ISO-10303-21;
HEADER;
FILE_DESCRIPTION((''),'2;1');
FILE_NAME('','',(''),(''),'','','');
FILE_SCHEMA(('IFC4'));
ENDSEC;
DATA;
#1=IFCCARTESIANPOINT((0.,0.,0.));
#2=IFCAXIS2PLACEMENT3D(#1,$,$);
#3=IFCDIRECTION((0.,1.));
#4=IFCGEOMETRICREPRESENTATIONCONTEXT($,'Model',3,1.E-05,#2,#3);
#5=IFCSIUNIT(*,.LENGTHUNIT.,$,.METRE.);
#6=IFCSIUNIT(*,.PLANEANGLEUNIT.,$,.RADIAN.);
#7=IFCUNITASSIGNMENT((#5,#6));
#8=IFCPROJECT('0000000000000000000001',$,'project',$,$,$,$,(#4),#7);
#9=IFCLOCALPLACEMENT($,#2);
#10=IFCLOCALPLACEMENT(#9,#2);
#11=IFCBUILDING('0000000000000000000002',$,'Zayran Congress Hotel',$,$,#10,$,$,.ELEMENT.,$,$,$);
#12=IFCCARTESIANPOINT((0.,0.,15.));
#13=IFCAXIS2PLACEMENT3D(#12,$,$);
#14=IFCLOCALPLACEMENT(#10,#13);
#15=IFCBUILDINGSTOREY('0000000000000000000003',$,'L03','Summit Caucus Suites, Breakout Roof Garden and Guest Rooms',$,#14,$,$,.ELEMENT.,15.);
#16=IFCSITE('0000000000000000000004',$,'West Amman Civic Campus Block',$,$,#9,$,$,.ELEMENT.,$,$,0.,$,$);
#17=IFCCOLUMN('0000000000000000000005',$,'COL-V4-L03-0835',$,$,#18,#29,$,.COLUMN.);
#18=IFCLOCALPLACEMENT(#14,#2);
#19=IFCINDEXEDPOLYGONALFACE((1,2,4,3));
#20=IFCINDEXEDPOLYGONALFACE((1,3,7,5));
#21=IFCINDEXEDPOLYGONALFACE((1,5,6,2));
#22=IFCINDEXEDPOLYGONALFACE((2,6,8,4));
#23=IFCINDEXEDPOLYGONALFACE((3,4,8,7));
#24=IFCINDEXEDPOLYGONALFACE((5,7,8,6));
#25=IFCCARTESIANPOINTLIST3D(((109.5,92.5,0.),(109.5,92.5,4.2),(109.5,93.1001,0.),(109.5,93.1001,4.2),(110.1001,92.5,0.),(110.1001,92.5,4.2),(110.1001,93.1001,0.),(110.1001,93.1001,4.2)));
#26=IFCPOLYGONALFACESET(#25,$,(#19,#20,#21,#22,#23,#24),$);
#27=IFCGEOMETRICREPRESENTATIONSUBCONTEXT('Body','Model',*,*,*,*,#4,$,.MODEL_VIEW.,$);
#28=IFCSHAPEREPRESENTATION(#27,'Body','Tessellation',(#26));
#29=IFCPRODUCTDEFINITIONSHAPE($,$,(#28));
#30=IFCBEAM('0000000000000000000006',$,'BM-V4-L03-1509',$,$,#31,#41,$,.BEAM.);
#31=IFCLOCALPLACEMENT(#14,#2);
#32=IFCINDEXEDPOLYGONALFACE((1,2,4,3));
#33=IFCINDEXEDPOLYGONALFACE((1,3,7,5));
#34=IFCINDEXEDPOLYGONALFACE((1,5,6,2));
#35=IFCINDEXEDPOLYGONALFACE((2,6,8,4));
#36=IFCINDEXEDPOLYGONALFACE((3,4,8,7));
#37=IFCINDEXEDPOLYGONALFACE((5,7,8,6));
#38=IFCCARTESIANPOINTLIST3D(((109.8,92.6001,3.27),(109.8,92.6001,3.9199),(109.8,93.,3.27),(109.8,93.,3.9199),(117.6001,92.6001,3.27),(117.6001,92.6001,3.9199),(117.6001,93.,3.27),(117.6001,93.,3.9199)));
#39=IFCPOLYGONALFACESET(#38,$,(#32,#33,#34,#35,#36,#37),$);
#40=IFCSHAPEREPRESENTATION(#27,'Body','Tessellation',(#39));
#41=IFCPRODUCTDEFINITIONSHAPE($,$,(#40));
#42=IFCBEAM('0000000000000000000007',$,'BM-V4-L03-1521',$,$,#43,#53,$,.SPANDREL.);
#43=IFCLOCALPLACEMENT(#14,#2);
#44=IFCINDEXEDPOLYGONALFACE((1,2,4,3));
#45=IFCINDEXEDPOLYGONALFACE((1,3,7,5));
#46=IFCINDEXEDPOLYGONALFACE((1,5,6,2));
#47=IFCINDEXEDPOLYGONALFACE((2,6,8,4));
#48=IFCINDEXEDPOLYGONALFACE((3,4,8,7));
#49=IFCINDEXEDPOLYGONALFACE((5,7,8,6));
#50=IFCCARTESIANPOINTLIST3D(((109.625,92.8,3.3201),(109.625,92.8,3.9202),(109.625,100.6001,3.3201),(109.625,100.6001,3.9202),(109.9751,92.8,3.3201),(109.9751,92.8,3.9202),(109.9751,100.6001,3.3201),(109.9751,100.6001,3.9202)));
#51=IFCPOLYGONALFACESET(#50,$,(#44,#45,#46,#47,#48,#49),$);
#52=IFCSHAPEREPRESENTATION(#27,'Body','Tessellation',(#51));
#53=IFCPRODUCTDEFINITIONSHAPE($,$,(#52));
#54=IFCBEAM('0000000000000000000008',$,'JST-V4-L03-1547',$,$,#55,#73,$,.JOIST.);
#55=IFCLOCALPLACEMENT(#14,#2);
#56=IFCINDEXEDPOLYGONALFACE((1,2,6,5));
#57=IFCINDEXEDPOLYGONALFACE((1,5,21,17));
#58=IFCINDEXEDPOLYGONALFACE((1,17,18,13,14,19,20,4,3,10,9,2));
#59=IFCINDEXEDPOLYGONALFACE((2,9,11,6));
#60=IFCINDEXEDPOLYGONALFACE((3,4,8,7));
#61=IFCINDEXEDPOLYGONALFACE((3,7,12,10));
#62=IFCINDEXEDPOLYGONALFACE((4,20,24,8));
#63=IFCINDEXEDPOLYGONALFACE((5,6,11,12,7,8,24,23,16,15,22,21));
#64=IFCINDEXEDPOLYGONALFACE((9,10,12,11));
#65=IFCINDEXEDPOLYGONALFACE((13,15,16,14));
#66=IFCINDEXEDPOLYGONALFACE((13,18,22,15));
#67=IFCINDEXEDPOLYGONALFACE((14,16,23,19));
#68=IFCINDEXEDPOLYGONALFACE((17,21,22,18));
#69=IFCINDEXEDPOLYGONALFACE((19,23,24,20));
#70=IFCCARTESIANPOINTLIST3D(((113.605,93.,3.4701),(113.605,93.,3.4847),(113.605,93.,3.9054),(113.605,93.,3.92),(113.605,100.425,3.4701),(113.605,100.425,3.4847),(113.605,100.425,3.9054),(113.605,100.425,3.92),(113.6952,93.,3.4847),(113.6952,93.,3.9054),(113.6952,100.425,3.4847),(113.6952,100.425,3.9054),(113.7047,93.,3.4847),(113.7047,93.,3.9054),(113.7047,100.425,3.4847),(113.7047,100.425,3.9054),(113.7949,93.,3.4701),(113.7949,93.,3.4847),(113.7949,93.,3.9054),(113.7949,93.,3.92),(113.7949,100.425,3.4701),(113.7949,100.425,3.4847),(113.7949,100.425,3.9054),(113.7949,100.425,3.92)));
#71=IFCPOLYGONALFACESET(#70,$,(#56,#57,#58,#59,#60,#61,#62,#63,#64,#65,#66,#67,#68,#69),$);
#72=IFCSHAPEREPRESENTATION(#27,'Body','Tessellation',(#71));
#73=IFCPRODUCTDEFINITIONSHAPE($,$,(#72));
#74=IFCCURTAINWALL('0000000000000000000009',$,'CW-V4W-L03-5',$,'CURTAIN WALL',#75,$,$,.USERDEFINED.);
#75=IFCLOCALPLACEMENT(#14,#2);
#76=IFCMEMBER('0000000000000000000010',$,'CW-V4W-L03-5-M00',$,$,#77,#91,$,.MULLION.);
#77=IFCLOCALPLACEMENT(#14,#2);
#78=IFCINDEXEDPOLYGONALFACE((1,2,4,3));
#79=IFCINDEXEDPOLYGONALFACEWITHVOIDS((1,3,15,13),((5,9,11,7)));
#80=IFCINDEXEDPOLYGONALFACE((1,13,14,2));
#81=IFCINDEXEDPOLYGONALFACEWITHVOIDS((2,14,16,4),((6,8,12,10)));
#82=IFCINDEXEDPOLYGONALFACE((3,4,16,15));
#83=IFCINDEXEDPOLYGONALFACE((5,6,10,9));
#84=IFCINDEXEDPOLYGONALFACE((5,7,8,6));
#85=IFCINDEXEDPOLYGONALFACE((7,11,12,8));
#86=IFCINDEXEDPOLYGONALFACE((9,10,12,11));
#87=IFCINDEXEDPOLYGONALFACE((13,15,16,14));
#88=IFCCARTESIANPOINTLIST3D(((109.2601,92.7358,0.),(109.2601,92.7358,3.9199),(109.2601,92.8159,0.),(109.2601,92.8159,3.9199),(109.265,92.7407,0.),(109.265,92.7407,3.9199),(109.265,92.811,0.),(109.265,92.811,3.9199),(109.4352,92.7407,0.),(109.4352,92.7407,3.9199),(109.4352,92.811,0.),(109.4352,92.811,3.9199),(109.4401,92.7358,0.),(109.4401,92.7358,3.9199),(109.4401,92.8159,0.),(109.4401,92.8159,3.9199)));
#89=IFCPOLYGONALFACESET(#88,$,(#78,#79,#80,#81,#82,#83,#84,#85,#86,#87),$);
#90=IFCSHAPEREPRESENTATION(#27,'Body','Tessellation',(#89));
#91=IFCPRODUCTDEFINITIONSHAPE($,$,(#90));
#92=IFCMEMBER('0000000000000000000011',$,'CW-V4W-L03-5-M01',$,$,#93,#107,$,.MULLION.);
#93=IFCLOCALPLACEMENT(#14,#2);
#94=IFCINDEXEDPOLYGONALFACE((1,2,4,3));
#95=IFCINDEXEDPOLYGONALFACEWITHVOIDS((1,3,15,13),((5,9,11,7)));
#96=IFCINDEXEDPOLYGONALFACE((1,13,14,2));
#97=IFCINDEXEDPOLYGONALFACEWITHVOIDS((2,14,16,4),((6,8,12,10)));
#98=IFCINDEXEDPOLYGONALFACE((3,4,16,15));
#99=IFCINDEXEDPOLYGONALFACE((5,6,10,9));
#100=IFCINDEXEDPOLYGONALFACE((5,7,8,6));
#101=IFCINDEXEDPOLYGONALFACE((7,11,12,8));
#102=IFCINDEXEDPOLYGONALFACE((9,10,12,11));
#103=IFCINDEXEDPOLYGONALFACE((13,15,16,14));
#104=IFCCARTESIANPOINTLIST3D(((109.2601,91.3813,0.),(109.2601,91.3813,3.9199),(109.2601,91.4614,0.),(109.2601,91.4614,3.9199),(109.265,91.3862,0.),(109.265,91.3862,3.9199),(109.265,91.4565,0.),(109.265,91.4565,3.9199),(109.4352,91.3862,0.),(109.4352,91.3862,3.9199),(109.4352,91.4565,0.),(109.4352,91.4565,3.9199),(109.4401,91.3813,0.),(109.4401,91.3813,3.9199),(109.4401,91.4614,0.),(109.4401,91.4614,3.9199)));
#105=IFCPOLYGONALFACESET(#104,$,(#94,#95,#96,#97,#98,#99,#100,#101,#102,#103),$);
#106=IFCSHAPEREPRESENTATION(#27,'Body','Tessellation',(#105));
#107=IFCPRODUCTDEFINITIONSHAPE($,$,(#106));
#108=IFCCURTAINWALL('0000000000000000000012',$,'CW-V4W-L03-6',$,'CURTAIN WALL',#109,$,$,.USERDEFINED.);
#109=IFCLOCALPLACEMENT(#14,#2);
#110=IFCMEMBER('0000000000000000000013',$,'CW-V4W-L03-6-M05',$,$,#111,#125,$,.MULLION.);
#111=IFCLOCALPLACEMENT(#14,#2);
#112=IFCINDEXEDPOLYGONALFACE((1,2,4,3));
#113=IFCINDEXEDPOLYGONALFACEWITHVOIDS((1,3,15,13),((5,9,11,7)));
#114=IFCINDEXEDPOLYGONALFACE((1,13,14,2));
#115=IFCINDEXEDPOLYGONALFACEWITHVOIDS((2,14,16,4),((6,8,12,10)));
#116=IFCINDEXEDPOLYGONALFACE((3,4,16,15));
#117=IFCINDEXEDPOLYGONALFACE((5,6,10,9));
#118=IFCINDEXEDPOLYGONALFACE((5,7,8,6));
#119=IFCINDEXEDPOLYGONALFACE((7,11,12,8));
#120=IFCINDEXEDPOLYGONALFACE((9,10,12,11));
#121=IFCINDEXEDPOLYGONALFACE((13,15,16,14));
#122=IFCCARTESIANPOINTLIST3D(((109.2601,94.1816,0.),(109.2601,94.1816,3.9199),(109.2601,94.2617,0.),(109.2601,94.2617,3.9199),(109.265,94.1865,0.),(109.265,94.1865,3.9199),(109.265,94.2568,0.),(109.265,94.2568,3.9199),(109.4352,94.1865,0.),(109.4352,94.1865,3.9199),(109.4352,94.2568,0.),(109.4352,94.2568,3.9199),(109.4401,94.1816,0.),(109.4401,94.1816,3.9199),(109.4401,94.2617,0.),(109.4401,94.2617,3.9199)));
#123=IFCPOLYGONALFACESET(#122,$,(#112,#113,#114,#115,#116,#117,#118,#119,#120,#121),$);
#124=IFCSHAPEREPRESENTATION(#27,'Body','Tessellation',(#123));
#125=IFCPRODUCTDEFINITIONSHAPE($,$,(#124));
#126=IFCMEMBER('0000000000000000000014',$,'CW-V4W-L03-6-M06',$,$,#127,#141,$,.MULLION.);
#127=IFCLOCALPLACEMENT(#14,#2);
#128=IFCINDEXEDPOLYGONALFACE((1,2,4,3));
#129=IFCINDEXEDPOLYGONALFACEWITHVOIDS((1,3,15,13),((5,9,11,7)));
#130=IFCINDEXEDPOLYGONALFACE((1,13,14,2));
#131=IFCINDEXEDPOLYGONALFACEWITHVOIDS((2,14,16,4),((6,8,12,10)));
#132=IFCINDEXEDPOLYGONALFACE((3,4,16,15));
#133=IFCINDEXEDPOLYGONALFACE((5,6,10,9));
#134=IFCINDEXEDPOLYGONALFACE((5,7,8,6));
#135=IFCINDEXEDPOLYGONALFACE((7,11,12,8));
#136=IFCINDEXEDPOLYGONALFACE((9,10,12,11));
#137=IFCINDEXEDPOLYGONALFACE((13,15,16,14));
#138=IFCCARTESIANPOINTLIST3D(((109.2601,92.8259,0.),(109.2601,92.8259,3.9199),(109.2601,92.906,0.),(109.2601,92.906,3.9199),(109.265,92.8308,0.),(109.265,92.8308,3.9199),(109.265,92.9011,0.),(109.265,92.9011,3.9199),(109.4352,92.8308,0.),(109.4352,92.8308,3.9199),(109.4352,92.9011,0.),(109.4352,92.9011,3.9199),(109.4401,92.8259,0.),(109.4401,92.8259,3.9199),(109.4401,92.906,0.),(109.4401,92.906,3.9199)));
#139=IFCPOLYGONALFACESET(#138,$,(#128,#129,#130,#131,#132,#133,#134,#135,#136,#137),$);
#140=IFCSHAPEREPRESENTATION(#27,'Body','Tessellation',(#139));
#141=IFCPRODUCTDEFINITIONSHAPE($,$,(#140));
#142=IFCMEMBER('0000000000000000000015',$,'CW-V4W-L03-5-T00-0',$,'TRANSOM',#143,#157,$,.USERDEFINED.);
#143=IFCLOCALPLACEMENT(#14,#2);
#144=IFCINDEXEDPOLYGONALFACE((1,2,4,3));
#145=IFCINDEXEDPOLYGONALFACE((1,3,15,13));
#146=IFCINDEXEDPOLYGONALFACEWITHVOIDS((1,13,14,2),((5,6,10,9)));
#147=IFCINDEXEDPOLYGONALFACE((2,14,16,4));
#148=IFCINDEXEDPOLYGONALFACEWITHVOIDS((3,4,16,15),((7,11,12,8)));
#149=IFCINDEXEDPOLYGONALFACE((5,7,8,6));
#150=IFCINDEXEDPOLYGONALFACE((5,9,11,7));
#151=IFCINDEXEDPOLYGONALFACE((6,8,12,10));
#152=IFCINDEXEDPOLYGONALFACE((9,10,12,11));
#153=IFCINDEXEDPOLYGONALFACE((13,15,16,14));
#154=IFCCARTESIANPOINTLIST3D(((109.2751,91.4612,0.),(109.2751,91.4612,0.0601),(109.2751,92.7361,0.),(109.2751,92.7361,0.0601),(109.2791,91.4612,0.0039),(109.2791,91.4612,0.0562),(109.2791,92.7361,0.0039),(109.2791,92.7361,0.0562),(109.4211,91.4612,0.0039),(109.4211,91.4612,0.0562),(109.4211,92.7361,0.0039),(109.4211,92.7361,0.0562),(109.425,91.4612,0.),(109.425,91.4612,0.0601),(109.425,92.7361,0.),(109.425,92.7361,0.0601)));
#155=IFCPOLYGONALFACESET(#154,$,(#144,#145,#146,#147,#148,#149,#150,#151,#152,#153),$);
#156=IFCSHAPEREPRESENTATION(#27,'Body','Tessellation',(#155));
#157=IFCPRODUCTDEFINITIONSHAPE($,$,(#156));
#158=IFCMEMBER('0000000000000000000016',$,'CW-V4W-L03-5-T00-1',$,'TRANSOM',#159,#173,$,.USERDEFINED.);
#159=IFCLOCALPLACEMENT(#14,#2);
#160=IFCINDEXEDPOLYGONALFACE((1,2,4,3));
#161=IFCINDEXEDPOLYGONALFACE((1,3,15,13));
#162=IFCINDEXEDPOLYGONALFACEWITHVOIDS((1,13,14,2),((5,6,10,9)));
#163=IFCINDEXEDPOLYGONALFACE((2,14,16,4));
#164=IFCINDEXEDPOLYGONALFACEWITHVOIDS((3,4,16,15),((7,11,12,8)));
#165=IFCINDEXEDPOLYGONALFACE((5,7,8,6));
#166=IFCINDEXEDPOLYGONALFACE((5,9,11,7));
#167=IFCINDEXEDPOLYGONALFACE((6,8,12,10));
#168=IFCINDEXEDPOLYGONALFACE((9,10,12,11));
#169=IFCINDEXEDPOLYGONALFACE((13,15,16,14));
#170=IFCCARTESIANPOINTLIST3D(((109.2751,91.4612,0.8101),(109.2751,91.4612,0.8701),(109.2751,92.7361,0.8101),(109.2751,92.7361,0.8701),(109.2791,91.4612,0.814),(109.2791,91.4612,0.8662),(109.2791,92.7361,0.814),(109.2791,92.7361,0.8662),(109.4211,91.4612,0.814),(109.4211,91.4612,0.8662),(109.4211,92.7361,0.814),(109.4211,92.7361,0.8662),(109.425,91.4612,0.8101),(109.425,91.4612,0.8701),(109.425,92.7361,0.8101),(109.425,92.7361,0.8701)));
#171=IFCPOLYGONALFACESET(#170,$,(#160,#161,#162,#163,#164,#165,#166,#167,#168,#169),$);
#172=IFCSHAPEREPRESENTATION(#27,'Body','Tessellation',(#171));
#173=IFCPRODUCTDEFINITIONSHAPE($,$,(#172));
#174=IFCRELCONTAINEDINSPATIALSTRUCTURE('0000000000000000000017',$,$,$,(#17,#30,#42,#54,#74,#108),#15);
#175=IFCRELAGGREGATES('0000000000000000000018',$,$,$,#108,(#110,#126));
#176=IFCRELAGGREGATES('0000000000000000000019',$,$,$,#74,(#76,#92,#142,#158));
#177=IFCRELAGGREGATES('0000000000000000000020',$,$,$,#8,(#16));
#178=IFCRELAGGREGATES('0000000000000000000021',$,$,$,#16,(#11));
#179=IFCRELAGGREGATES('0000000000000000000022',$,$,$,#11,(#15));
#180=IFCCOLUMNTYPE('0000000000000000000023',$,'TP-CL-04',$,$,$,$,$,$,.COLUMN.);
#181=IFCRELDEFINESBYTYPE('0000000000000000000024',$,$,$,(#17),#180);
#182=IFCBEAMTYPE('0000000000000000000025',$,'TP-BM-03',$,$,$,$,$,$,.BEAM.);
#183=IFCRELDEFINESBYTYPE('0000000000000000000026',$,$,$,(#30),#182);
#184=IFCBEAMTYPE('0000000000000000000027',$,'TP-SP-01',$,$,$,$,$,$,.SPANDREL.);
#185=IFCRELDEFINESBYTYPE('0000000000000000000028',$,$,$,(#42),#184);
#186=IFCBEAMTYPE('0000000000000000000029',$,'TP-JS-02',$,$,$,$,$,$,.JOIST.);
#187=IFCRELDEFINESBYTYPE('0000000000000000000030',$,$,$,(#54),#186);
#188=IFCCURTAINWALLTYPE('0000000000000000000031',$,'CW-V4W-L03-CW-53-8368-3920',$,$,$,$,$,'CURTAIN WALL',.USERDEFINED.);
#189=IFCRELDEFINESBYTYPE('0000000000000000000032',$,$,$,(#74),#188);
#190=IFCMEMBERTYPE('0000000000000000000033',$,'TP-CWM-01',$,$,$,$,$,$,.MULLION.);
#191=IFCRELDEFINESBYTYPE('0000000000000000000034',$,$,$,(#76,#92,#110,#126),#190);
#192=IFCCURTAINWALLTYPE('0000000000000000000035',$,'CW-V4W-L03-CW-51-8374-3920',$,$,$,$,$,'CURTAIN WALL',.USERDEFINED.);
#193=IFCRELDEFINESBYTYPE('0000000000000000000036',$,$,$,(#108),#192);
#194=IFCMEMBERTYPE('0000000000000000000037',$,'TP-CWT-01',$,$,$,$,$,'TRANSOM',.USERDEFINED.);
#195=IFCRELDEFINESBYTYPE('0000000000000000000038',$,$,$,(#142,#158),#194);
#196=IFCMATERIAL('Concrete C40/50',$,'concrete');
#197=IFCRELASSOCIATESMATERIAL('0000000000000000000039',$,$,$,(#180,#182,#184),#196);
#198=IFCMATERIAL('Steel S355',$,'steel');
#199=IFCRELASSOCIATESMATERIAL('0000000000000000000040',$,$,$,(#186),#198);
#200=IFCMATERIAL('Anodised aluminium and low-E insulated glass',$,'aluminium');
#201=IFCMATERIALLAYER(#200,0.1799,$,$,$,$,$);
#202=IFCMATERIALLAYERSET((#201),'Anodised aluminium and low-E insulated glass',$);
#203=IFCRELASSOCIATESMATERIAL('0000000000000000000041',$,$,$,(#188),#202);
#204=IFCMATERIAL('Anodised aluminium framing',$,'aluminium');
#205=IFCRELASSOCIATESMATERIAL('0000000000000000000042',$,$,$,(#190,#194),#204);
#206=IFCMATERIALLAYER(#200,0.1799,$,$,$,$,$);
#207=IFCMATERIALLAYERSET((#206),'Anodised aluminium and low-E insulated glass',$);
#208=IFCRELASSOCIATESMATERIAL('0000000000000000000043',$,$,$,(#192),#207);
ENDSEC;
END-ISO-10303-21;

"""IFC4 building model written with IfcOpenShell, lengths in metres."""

from ifc_helpers import new_model, si_unit, direction, frame, origin, origin_2d, place, context, subcontext, project, spatial, rectangle, hollow_rectangle, i_section, extrude, material, layer, layer_set, material_profile, profile_set, type_object, element, aggregate, save


model = new_model("IFC4")

# Units and contexts
model_context = context("Model", 3, precision=1e-05, world=origin(), true_north=direction((0.0, 1.0)))
body_context = subcontext(model_context, "Body", "Model", "MODEL_VIEW")
ifc_project = project(units=[si_unit("LENGTHUNIT", "METRE"), si_unit("PLANEANGLEUNIT", "RADIAN")], contexts=[model_context])

# Site, building, storey
site_placement = place(None, origin())
site = spatial("IfcSite", under=ifc_project, at=site_placement, Name="West Amman Civic Campus Block", CompositionType="ELEMENT", RefElevation=0.0)
building_placement = place(site_placement, origin())
building = spatial("IfcBuilding", under=site, at=building_placement, Name="Zayran Congress Hotel", CompositionType="ELEMENT")
storey_placement = place(building_placement, frame((0.0, 0.0, 15.0)))
storey = spatial("IfcBuildingStorey", under=building, at=storey_placement, Name="L03", Description="Summit Caucus Suites, Breakout Roof Garden and Guest Rooms", CompositionType="ELEMENT", Elevation=15.0)

# Column
ifc_material_1 = material(Name="Concrete C40/50", Category="concrete")
ifc_material_profile_1 = material_profile(ifc_material_1, rectangle(XDim=0.6001, YDim=0.6001, at=origin_2d()), Name="RC 600x600")
ifc_profile_set_1 = profile_set([ifc_material_profile_1], Name="Concrete C40/50")
column_type = type_object("IfcColumnType", Name="TP-CL-04", PredefinedType="COLUMN", material=ifc_profile_set_1)
column_placement = place(storey_placement, frame((109.8, 92.8, 0.0), z_axis=(0.0, 0.0, 1.0), x_axis=(1.0, 0.0, 0.0)))
element("IfcColumn", 1, at=column_placement, inside=storey, type_object=column_type, Name="COL-V4-L03-0835", PredefinedType="COLUMN", context=body_context, shape_type="SweptSolid", body=[
    extrude(rectangle(XDim=0.6001, YDim=0.6001, at=origin_2d()), origin(), (0.0, 0.0, 1.0), 4.2),
])

# Beams
ifc_material_profile_2 = material_profile(ifc_material_1, rectangle(XDim=0.3999, YDim=0.6499, at=origin_2d()), Name="RC 400x650")
ifc_profile_set_2 = profile_set([ifc_material_profile_2], Name="Concrete C40/50")
beam_type_1 = type_object("IfcBeamType", Name="TP-BM-03", PredefinedType="BEAM", material=ifc_profile_set_2)
beam_1_placement = place(storey_placement, frame((109.8, 92.8, 3.595), z_axis=(1.0, 0.0, 0.0), x_axis=(0.0, 1.0, 0.0)))
element("IfcBeam", 2, at=beam_1_placement, inside=storey, type_object=beam_type_1, Name="BM-V4-L03-1509", PredefinedType="BEAM", context=body_context, shape_type="SweptSolid", body=[
    extrude(rectangle(XDim=0.3999, YDim=0.6499, at=origin_2d()), origin(), (0.0, 0.0, 1.0), 7.8),
])
ifc_material_profile_3 = material_profile(ifc_material_1, rectangle(XDim=0.3501, YDim=0.6001, at=origin_2d()), Name="RC 350x600")
ifc_profile_set_3 = profile_set([ifc_material_profile_3], Name="Concrete C40/50")
beam_type_2 = type_object("IfcBeamType", Name="TP-SP-01", PredefinedType="SPANDREL", material=ifc_profile_set_3)
beam_2_placement = place(storey_placement, frame((109.8, 92.8, 3.6201), z_axis=(0.0, 1.0, 0.0), x_axis=(-1.0, 0.0, 0.0)))
element("IfcBeam", 3, at=beam_2_placement, inside=storey, type_object=beam_type_2, Name="BM-V4-L03-1521", PredefinedType="SPANDREL", context=body_context, shape_type="SweptSolid", body=[
    extrude(rectangle(XDim=0.3501, YDim=0.6001, at=origin_2d()), origin(), (0.0, 0.0, 1.0), 7.8),
])
ifc_material_2 = material(Name="Steel S355", Category="steel")
ifc_material_profile_4 = material_profile(ifc_material_2, i_section(OverallWidth=0.1899, OverallDepth=0.45, WebThickness=0.0095, FlangeThickness=0.0146, at=origin_2d()), Name="IPE 450")
ifc_profile_set_4 = profile_set([ifc_material_profile_4], Name="Steel S355")
beam_type_3 = type_object("IfcBeamType", Name="TP-JS-02", PredefinedType="JOIST", material=ifc_profile_set_4)
beam_3_placement = place(storey_placement, frame((113.7, 93.0, 3.6951), z_axis=(0.0, 1.0, 0.0), x_axis=(-1.0, 0.0, 0.0)))
element("IfcBeam", 4, at=beam_3_placement, inside=storey, type_object=beam_type_3, Name="JST-V4-L03-1547", PredefinedType="JOIST", context=body_context, shape_type="SweptSolid", body=[
    extrude(i_section(OverallWidth=0.1899, OverallDepth=0.45, WebThickness=0.0095, FlangeThickness=0.0146, at=origin_2d()), origin(), (0.0, 0.0, 1.0), 7.425),
])

# Curtain walls, members
ifc_material_3 = material(Name="Anodised aluminium and low-E insulated glass", Category="aluminium")
ifc_layer_1 = layer(ifc_material_3, 0.1799)
ifc_layer_set_1 = layer_set([ifc_layer_1], Name="Anodised aluminium and low-E insulated glass")
curtain_wall_type_1 = type_object("IfcCurtainWallType", Name="CW-V4W-L03-CW-53-8368-3920", ElementType="CURTAIN WALL", PredefinedType="USERDEFINED", material=ifc_layer_set_1)
curtain_wall_1_placement = place(storey_placement, origin())
curtain_wall_1 = element("IfcCurtainWall", 5, at=curtain_wall_1_placement, inside=storey, type_object=curtain_wall_type_1, Name="CW-V4W-L03-5", ObjectType="CURTAIN WALL", PredefinedType="USERDEFINED")
ifc_material_4 = material(Name="Anodised aluminium framing", Category="aluminium")
ifc_material_profile_5 = material_profile(ifc_material_4, hollow_rectangle(XDim=0.0801, YDim=0.1799, WallThickness=0.0049, at=origin_2d()), Name="RHS 180x80x5")
ifc_profile_set_5 = profile_set([ifc_material_profile_5], Name="Anodised aluminium framing")
member_type_1 = type_object("IfcMemberType", Name="TP-CWM-01", PredefinedType="MULLION", material=ifc_profile_set_5)
member_1_placement = place(storey_placement, frame((109.3501, 92.7759, 0.0), z_axis=(0.0, 0.0, 1.0), x_axis=(0.0, 1.0, 0.0)))
member_1 = element("IfcMember", 6, at=member_1_placement, type_object=member_type_1, Name="CW-V4W-L03-5-M00", PredefinedType="MULLION", context=body_context, shape_type="SweptSolid", body=[
    extrude(hollow_rectangle(XDim=0.0801, YDim=0.1799, WallThickness=0.0049, at=origin_2d()), origin(), (0.0, 0.0, 1.0), 3.9199),
])
member_2_placement = place(storey_placement, frame((109.3501, 91.4214, 0.0), z_axis=(0.0, 0.0, 1.0), x_axis=(0.0, 1.0, 0.0)))
member_2 = element("IfcMember", 7, at=member_2_placement, type_object=member_type_1, Name="CW-V4W-L03-5-M01", PredefinedType="MULLION", context=body_context, shape_type="SweptSolid", body=[
    extrude(hollow_rectangle(XDim=0.0801, YDim=0.1799, WallThickness=0.0049, at=origin_2d()), origin(), (0.0, 0.0, 1.0), 3.9199),
])
ifc_layer_2 = layer(ifc_material_3, 0.1799)
ifc_layer_set_2 = layer_set([ifc_layer_2], Name="Anodised aluminium and low-E insulated glass")
curtain_wall_type_2 = type_object("IfcCurtainWallType", Name="CW-V4W-L03-CW-51-8374-3920", ElementType="CURTAIN WALL", PredefinedType="USERDEFINED", material=ifc_layer_set_2)
curtain_wall_2_placement = place(storey_placement, origin())
curtain_wall_2 = element("IfcCurtainWall", 8, at=curtain_wall_2_placement, inside=storey, type_object=curtain_wall_type_2, Name="CW-V4W-L03-6", ObjectType="CURTAIN WALL", PredefinedType="USERDEFINED")
member_3_placement = place(storey_placement, frame((109.3501, 94.2217, 0.0), z_axis=(0.0, 0.0, 1.0), x_axis=(0.0, 1.0, 0.0)))
member_3 = element("IfcMember", 9, at=member_3_placement, type_object=member_type_1, Name="CW-V4W-L03-6-M05", PredefinedType="MULLION", context=body_context, shape_type="SweptSolid", body=[
    extrude(hollow_rectangle(XDim=0.0801, YDim=0.1799, WallThickness=0.0049, at=origin_2d()), origin(), (0.0, 0.0, 1.0), 3.9199),
])
member_4_placement = place(storey_placement, frame((109.3501, 92.866, 0.0), z_axis=(0.0, 0.0, 1.0), x_axis=(0.0, 1.0, 0.0)))
member_4 = element("IfcMember", 10, at=member_4_placement, type_object=member_type_1, Name="CW-V4W-L03-6-M06", PredefinedType="MULLION", context=body_context, shape_type="SweptSolid", body=[
    extrude(hollow_rectangle(XDim=0.0801, YDim=0.1799, WallThickness=0.0049, at=origin_2d()), origin(), (0.0, 0.0, 1.0), 3.9199),
])

# Members
ifc_material_profile_6 = material_profile(ifc_material_4, hollow_rectangle(XDim=0.0601, YDim=0.1499, WallThickness=0.0039, at=origin_2d()), Name="RHS 150x60x4")
ifc_profile_set_6 = profile_set([ifc_material_profile_6], Name="Anodised aluminium framing")
member_type_2 = type_object("IfcMemberType", Name="TP-CWT-01", ElementType="TRANSOM", PredefinedType="USERDEFINED", material=ifc_profile_set_6)
member_5_placement = place(storey_placement, frame((109.3501, 92.7361, 0.03), z_axis=(0.0, -1.0, 0.0), x_axis=(0.0, 0.0, 1.0)))
member_5 = element("IfcMember", 11, at=member_5_placement, type_object=member_type_2, Name="CW-V4W-L03-5-T00-0", ObjectType="TRANSOM", PredefinedType="USERDEFINED", context=body_context, shape_type="SweptSolid", body=[
    extrude(hollow_rectangle(XDim=0.0601, YDim=0.1499, WallThickness=0.0039, at=origin_2d()), origin(), (0.0, 0.0, 1.0), 1.2749),
])
member_6_placement = place(storey_placement, frame((109.3501, 92.7361, 0.8401), z_axis=(0.0, -1.0, 0.0), x_axis=(0.0, 0.0, 1.0)))
member_6 = element("IfcMember", 12, at=member_6_placement, type_object=member_type_2, Name="CW-V4W-L03-5-T00-1", ObjectType="TRANSOM", PredefinedType="USERDEFINED", context=body_context, shape_type="SweptSolid", body=[
    extrude(hollow_rectangle(XDim=0.0601, YDim=0.1499, WallThickness=0.0039, at=origin_2d()), origin(), (0.0, 0.0, 1.0), 1.2749),
])

aggregate(curtain_wall_2, [member_3, member_4])
aggregate(curtain_wall_1, [member_1, member_2, member_5, member_6])

save(model, "model.ifc")
